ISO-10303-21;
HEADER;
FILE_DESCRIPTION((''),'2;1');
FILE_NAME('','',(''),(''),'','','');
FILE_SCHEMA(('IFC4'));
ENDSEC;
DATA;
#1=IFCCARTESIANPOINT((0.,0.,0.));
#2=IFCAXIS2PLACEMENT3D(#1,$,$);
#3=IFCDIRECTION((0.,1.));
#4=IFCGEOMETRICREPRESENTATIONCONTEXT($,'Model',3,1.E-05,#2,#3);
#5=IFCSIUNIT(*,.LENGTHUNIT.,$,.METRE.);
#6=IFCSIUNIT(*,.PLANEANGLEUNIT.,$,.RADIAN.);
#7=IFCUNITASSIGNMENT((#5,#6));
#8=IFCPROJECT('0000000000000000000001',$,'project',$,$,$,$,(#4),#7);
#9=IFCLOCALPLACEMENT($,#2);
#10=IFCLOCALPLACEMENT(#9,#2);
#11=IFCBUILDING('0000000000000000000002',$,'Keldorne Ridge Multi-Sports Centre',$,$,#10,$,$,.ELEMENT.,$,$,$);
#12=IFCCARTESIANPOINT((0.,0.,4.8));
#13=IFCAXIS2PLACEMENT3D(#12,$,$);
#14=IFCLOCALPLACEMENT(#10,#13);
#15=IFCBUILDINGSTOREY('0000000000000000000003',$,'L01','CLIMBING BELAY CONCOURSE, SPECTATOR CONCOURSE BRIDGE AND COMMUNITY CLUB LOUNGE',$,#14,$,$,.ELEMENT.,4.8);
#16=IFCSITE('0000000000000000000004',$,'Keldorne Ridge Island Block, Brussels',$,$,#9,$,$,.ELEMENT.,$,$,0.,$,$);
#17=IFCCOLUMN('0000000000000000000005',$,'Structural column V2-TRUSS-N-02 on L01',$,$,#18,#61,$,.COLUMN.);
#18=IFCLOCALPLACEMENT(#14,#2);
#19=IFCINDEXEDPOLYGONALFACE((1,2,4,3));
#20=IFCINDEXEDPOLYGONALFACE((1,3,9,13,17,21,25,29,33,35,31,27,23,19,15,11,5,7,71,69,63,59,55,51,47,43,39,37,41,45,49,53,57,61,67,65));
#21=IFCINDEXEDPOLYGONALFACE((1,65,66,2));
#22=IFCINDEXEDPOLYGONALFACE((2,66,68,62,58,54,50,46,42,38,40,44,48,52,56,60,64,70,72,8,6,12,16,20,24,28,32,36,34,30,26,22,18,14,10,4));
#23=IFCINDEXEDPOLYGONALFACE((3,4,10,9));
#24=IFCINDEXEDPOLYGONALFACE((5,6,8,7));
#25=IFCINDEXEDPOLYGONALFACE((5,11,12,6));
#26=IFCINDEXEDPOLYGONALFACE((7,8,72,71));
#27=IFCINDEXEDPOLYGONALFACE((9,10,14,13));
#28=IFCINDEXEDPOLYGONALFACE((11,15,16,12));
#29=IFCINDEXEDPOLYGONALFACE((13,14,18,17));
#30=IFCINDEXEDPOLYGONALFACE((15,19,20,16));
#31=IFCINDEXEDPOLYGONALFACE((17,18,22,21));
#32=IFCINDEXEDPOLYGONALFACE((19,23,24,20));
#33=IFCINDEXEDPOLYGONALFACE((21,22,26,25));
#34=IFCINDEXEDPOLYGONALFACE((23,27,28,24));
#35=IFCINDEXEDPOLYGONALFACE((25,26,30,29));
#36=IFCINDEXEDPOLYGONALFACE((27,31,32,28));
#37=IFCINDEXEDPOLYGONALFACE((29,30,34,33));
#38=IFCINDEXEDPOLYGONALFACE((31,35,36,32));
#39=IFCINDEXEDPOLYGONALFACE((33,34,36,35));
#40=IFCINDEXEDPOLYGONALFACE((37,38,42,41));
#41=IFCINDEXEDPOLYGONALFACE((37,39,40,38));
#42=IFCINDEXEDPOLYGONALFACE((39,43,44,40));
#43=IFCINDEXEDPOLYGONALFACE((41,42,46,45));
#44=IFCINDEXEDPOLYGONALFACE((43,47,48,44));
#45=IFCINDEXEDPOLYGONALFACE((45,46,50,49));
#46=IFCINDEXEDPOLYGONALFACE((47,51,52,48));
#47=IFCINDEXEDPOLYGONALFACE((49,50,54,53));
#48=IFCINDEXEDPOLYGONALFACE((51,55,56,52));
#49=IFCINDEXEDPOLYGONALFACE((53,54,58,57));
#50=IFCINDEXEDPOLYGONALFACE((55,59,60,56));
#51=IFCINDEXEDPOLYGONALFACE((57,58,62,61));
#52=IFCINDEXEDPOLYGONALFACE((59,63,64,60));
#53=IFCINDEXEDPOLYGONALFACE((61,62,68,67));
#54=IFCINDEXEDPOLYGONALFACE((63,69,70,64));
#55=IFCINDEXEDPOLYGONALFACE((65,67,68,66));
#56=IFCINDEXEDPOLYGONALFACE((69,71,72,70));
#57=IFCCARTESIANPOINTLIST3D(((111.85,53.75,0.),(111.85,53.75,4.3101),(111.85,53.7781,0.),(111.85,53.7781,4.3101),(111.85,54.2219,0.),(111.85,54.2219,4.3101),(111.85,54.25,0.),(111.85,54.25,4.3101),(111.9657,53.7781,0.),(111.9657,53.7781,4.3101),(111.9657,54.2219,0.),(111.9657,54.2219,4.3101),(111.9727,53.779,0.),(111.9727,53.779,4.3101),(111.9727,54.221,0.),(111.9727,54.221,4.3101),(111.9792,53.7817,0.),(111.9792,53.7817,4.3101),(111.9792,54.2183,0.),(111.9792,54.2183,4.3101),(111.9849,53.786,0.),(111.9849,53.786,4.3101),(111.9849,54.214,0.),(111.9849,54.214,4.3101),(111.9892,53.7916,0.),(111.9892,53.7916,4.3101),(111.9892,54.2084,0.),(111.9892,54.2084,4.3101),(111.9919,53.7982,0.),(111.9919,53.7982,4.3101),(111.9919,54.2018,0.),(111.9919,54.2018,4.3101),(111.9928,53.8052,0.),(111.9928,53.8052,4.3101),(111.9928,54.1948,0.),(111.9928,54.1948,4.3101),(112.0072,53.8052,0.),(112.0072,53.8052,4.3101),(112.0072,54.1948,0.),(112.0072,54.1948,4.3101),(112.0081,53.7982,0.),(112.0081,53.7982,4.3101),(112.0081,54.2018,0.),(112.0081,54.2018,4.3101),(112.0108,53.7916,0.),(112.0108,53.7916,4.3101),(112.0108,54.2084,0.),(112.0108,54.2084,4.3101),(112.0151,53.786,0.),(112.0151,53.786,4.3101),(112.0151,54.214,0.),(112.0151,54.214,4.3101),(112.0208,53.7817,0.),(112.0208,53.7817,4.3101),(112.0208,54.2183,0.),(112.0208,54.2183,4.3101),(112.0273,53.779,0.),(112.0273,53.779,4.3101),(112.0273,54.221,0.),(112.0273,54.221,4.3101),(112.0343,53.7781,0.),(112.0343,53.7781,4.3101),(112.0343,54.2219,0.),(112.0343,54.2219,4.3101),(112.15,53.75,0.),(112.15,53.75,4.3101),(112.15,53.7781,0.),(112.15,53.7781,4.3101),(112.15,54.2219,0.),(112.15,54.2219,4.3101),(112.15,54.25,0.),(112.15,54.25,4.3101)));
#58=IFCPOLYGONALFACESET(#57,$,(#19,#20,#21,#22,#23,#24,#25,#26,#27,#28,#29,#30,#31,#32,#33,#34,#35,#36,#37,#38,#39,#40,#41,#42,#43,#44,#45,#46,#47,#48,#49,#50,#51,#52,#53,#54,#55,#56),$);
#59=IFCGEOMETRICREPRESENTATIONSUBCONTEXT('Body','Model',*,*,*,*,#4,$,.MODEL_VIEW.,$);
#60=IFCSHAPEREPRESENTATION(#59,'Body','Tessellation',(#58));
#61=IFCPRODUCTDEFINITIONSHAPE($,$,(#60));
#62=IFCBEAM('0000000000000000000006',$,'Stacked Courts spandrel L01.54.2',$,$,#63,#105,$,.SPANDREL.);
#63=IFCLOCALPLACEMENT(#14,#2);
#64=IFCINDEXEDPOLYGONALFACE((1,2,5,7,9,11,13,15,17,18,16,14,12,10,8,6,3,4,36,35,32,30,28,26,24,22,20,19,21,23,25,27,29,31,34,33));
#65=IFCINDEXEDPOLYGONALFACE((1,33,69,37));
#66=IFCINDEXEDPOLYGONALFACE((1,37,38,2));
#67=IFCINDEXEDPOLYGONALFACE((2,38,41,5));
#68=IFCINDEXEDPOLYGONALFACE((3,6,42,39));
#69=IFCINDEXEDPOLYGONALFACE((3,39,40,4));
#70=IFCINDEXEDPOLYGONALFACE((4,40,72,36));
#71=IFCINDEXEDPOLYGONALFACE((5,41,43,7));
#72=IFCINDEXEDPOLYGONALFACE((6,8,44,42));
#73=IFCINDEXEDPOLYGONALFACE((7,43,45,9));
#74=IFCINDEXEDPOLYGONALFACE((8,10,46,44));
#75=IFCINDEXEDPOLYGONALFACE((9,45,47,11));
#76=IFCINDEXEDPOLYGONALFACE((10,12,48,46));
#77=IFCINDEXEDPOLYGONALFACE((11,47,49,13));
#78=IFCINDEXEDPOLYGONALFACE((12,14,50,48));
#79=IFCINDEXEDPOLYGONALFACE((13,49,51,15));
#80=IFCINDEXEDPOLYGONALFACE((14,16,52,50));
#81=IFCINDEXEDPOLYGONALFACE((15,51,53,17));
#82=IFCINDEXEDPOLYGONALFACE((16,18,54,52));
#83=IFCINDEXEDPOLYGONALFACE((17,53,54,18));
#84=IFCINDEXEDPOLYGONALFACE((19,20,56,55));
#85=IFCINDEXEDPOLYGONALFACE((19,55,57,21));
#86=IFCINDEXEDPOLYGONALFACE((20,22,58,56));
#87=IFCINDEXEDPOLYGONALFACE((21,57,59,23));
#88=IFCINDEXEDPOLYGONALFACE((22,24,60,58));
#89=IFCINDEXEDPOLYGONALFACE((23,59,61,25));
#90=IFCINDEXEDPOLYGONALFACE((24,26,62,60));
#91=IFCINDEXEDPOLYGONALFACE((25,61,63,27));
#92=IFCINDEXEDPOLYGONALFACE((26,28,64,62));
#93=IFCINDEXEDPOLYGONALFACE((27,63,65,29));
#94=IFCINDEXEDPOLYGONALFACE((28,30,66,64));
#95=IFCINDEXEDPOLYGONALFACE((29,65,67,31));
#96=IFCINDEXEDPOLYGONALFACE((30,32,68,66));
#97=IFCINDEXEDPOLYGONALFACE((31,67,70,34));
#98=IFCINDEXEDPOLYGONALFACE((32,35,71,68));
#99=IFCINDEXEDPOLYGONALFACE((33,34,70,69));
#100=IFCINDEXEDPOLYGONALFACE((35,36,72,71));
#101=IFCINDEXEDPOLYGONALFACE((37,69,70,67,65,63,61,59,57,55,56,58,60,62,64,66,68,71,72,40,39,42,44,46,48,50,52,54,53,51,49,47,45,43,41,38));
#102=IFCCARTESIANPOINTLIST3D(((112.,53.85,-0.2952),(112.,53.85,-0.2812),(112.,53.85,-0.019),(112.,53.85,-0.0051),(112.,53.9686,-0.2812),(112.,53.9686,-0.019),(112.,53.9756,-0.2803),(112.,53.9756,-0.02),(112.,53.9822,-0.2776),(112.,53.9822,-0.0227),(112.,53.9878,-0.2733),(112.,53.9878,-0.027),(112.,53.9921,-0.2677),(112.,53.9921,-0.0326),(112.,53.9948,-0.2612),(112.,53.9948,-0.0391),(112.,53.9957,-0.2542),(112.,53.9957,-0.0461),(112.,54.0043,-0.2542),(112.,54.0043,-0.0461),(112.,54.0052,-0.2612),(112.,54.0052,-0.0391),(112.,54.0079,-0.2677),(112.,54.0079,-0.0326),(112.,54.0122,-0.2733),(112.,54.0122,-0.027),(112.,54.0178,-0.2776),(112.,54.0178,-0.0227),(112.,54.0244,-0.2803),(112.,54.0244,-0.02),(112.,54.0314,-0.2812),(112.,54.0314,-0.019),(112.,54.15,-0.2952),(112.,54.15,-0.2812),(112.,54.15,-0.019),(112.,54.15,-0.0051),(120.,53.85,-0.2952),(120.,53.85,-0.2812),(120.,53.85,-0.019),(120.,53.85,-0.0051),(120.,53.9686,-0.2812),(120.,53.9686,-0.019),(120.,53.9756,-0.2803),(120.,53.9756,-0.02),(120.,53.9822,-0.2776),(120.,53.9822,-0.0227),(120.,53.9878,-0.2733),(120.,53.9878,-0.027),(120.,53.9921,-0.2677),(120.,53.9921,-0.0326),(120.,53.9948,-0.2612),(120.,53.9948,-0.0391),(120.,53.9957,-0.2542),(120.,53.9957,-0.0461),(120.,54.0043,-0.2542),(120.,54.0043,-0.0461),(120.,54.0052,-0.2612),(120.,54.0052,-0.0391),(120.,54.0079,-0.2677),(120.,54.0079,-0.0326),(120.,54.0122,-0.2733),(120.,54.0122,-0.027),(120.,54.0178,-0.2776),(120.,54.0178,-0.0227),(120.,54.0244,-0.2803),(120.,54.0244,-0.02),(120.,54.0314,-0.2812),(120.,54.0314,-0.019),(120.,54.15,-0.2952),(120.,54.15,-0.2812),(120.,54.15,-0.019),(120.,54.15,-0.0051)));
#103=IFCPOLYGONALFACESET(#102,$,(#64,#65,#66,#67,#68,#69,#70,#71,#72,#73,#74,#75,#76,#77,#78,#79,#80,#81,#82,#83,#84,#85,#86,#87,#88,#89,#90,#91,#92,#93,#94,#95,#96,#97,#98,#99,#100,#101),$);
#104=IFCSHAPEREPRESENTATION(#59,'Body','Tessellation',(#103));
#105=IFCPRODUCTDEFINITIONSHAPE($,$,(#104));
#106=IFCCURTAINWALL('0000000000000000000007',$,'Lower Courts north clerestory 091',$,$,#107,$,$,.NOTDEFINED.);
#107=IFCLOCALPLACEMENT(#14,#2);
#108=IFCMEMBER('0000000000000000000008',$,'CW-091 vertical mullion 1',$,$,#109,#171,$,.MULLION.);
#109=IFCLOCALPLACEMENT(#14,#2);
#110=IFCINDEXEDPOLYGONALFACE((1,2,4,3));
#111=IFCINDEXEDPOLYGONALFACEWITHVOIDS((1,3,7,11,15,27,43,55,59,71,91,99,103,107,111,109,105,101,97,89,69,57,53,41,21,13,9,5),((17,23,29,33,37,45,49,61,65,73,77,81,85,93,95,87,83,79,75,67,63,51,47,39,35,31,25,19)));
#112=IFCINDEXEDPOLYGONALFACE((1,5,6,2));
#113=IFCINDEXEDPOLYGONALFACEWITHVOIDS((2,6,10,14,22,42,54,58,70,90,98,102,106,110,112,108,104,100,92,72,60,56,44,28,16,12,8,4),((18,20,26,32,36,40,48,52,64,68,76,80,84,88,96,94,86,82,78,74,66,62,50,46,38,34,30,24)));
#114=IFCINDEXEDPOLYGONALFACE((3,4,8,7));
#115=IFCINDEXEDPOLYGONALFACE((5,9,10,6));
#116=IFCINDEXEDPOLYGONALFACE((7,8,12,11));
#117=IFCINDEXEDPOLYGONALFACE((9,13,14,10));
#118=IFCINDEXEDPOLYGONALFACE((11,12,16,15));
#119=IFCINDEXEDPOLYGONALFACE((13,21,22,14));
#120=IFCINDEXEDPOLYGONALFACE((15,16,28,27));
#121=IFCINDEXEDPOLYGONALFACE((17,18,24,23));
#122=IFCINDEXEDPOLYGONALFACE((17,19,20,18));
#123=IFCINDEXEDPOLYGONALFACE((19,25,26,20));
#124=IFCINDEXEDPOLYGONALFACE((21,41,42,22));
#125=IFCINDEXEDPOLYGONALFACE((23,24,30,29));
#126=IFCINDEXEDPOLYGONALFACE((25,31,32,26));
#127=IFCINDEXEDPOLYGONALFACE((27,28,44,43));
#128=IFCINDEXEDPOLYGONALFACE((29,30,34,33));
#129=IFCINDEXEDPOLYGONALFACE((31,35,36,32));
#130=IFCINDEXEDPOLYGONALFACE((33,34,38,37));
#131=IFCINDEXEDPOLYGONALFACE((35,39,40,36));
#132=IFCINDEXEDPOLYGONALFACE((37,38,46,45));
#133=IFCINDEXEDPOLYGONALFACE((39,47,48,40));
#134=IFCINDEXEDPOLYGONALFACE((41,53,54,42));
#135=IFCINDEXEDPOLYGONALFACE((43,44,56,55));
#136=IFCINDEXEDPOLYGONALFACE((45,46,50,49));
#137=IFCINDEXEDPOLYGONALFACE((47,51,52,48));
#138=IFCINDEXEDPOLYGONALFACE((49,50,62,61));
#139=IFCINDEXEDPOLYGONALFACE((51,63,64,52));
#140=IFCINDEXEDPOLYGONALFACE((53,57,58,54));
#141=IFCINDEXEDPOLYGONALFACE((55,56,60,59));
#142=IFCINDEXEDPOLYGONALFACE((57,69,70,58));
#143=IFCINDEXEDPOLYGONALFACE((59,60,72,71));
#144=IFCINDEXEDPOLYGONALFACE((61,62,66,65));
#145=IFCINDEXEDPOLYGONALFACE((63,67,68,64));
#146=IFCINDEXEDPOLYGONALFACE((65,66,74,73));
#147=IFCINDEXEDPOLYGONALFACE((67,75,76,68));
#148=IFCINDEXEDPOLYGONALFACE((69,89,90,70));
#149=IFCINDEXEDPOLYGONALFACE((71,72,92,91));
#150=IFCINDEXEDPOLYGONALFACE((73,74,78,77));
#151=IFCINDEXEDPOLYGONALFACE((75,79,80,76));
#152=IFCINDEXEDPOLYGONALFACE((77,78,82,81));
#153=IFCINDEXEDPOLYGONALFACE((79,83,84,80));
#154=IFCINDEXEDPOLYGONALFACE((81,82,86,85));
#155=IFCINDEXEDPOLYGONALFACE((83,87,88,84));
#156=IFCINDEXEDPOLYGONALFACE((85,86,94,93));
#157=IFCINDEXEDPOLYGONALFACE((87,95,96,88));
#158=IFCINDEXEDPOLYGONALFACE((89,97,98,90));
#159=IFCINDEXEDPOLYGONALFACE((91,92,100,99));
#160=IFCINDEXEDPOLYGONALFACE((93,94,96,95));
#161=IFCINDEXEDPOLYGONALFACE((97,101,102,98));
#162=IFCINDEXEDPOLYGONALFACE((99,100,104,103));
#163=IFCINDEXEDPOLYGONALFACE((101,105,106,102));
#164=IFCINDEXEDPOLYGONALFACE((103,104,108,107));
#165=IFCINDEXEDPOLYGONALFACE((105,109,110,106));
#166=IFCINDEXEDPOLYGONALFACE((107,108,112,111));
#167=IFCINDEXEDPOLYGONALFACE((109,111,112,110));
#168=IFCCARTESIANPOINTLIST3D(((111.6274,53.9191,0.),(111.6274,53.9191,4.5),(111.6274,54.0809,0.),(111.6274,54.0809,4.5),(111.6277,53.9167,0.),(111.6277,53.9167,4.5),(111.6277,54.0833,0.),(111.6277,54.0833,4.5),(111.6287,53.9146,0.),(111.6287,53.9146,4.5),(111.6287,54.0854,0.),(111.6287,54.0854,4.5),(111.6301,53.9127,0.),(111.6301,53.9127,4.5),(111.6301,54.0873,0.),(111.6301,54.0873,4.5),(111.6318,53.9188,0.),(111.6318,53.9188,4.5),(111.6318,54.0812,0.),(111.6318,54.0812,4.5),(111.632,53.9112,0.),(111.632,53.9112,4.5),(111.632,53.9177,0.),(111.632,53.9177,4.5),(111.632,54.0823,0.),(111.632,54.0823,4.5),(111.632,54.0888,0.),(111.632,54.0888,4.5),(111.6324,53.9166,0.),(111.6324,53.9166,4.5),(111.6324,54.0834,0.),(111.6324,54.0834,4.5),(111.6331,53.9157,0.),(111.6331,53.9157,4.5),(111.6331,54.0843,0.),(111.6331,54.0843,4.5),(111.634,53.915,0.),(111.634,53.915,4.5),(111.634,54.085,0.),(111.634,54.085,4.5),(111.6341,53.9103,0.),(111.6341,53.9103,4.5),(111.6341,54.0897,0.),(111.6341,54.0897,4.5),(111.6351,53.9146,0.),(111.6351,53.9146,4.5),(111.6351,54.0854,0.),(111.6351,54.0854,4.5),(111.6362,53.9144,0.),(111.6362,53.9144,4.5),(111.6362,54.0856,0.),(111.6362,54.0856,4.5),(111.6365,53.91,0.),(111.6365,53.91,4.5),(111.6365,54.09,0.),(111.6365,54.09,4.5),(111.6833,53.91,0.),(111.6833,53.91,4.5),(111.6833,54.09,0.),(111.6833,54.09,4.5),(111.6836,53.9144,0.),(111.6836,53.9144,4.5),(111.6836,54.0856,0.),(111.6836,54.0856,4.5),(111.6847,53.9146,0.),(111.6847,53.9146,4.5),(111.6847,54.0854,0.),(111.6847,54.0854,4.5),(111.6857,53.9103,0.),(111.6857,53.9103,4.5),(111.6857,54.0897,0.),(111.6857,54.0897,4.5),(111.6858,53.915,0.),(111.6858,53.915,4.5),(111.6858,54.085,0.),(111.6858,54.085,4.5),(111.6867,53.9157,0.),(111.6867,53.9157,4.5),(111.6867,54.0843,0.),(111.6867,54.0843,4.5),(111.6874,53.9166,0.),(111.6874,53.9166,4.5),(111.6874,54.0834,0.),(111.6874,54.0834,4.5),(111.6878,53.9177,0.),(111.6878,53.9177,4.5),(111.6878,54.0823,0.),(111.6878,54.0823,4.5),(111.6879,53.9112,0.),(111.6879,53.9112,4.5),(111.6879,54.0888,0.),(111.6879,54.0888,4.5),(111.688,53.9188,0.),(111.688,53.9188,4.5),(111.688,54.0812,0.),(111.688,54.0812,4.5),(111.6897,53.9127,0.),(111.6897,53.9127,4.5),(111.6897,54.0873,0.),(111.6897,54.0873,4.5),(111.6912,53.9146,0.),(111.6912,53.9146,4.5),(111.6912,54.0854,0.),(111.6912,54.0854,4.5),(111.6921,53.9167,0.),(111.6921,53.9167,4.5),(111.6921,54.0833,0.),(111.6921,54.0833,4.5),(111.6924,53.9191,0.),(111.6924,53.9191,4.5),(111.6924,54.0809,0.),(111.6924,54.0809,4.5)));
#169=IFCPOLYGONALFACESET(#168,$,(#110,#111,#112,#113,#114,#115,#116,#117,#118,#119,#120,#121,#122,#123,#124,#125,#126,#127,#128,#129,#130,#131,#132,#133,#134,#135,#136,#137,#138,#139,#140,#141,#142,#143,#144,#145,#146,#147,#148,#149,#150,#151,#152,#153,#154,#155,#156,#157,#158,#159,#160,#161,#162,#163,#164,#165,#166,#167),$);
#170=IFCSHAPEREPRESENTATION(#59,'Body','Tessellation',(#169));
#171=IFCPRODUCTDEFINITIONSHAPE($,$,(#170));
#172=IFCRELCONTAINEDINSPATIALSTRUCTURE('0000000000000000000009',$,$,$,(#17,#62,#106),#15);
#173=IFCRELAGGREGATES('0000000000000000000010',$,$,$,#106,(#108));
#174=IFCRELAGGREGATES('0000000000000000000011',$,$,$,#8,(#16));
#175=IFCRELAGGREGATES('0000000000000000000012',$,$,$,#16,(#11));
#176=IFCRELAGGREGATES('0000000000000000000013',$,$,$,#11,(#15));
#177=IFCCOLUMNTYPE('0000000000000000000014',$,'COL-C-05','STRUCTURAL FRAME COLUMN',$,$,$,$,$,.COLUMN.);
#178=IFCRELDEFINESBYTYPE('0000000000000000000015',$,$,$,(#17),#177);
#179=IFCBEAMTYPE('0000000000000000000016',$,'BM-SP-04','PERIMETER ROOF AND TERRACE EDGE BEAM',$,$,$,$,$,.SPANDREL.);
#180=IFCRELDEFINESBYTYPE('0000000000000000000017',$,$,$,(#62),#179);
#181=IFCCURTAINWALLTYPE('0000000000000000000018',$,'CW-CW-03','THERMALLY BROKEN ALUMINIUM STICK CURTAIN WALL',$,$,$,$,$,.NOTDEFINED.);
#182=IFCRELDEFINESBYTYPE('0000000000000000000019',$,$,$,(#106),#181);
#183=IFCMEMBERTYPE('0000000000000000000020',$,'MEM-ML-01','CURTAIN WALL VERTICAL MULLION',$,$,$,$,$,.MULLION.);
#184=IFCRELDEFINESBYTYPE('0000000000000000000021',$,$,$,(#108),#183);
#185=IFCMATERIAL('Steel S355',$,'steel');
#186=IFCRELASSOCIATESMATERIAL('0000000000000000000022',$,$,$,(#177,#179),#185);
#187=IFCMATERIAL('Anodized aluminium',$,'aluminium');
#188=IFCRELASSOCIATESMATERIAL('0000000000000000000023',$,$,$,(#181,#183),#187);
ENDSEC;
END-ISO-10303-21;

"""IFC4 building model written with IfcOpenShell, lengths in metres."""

from ifc_helpers import new_model, si_unit, direction, frame, origin, origin_2d, place, context, subcontext, project, spatial, hollow_rectangle, i_section, extrude, material, material_profile, profile_set, type_object, element, aggregate, save


model = new_model("IFC4")

# Units and contexts
model_context = context("Model", 3, precision=1e-05, world=origin(), true_north=direction((0.0, 1.0)))
body_context = subcontext(model_context, "Body", "Model", "MODEL_VIEW")
ifc_project = project(units=[si_unit("LENGTHUNIT", "METRE"), si_unit("PLANEANGLEUNIT", "RADIAN")], contexts=[model_context])

# Site, building, storey
site_placement = place(None, origin())
site = spatial("IfcSite", under=ifc_project, at=site_placement, Name="Keldorne Ridge Island Block, Brussels", CompositionType="ELEMENT", RefElevation=0.0)
building_placement = place(site_placement, origin())
building = spatial("IfcBuilding", under=site, at=building_placement, Name="Keldorne Ridge Multi-Sports Centre", CompositionType="ELEMENT")
storey_placement = place(building_placement, frame((0.0, 0.0, 4.8)))
storey = spatial("IfcBuildingStorey", under=building, at=storey_placement, Name="L01", Description="CLIMBING BELAY CONCOURSE, SPECTATOR CONCOURSE BRIDGE AND COMMUNITY CLUB LOUNGE", CompositionType="ELEMENT", Elevation=4.8)

# Column
ifc_material_1 = material(Name="Steel S355", Category="steel")
ifc_material_profile_1 = material_profile(ifc_material_1, i_section(OverallWidth=0.3, OverallDepth=0.5, WebThickness=0.0144, FlangeThickness=0.0281, FilletRadius=0.0271, at=origin_2d()), Name="HEB 500")
ifc_profile_set_1 = profile_set([ifc_material_profile_1], Name="Steel S355")
column_type = type_object("IfcColumnType", Name="COL-C-05", Description="STRUCTURAL FRAME COLUMN", PredefinedType="COLUMN", material=ifc_profile_set_1)
column_placement = place(storey_placement, frame((112.0, 54.0, 0.0), z_axis=(0.0, 0.0, 1.0), x_axis=(1.0, 0.0, 0.0)))
element("IfcColumn", 1, at=column_placement, inside=storey, type_object=column_type, Name="Structural column V2-TRUSS-N-02 on L01", PredefinedType="COLUMN", context=body_context, shape_type="SweptSolid", body=[
    extrude(i_section(OverallWidth=0.3, OverallDepth=0.5, WebThickness=0.0144, FlangeThickness=0.0281, FilletRadius=0.0271, at=origin_2d()), origin(), (0.0, 0.0, 1.0), 4.3101),
])

# Beam
ifc_material_profile_2 = material_profile(ifc_material_1, i_section(OverallWidth=0.3, OverallDepth=0.29, WebThickness=0.0085, FlangeThickness=0.0139, FilletRadius=0.0271, at=origin_2d()), Name="HEA 300")
ifc_profile_set_2 = profile_set([ifc_material_profile_2], Name="Steel S355")
beam_type = type_object("IfcBeamType", Name="BM-SP-04", Description="PERIMETER ROOF AND TERRACE EDGE BEAM", PredefinedType="SPANDREL", material=ifc_profile_set_2)
beam_placement = place(storey_placement, frame((112.0, 54.0, -0.1501), z_axis=(1.0, 0.0, 0.0), x_axis=(0.0, 1.0, 0.0)))
element("IfcBeam", 2, at=beam_placement, inside=storey, type_object=beam_type, Name="Stacked Courts spandrel L01.54.2", PredefinedType="SPANDREL", context=body_context, shape_type="SweptSolid", body=[
    extrude(i_section(OverallWidth=0.3, OverallDepth=0.29, WebThickness=0.0085, FlangeThickness=0.0139, FilletRadius=0.0271, at=origin_2d()), origin(), (0.0, 0.0, 1.0), 8.0),
])

# Curtain wall, member
ifc_material_2 = material(Name="Anodized aluminium", Category="aluminium")
curtain_wall_type = type_object("IfcCurtainWallType", Name="CW-CW-03", Description="THERMALLY BROKEN ALUMINIUM STICK CURTAIN WALL", PredefinedType="NOTDEFINED", material=ifc_material_2)
curtain_wall_placement = place(storey_placement, origin())
curtain_wall = element("IfcCurtainWall", 3, at=curtain_wall_placement, inside=storey, type_object=curtain_wall_type, Name="Lower Courts north clerestory 091", PredefinedType="NOTDEFINED")
ifc_material_profile_3 = material_profile(ifc_material_2, hollow_rectangle(XDim=0.0649, YDim=0.1799, WallThickness=0.0044, InnerFilletRadius=0.0044, OuterFilletRadius=0.009, at=origin_2d()), Name="ALU MULLION 180x65x4.5")
ifc_profile_set_3 = profile_set([ifc_material_profile_3], Name="Anodized aluminium")
member_type_1 = type_object("IfcMemberType", Name="MEM-ML-01", Description="CURTAIN WALL VERTICAL MULLION", PredefinedType="MULLION", material=ifc_profile_set_3)
member_1_placement = place(storey_placement, frame((111.6599, 54.0, 0.0), z_axis=(0.0, 0.0, 1.0), x_axis=(1.0, 0.0, 0.0)))
member_1 = element("IfcMember", 4, at=member_1_placement, type_object=member_type_1, Name="CW-091 vertical mullion 1", PredefinedType="MULLION", context=body_context, shape_type="SweptSolid", body=[
    extrude(hollow_rectangle(XDim=0.0649, YDim=0.1799, WallThickness=0.0044, InnerFilletRadius=0.0044, OuterFilletRadius=0.009, at=origin_2d()), origin(), (0.0, 0.0, 1.0), 4.5),
])

aggregate(curtain_wall, [member_1])

save(model, "model.ifc")
